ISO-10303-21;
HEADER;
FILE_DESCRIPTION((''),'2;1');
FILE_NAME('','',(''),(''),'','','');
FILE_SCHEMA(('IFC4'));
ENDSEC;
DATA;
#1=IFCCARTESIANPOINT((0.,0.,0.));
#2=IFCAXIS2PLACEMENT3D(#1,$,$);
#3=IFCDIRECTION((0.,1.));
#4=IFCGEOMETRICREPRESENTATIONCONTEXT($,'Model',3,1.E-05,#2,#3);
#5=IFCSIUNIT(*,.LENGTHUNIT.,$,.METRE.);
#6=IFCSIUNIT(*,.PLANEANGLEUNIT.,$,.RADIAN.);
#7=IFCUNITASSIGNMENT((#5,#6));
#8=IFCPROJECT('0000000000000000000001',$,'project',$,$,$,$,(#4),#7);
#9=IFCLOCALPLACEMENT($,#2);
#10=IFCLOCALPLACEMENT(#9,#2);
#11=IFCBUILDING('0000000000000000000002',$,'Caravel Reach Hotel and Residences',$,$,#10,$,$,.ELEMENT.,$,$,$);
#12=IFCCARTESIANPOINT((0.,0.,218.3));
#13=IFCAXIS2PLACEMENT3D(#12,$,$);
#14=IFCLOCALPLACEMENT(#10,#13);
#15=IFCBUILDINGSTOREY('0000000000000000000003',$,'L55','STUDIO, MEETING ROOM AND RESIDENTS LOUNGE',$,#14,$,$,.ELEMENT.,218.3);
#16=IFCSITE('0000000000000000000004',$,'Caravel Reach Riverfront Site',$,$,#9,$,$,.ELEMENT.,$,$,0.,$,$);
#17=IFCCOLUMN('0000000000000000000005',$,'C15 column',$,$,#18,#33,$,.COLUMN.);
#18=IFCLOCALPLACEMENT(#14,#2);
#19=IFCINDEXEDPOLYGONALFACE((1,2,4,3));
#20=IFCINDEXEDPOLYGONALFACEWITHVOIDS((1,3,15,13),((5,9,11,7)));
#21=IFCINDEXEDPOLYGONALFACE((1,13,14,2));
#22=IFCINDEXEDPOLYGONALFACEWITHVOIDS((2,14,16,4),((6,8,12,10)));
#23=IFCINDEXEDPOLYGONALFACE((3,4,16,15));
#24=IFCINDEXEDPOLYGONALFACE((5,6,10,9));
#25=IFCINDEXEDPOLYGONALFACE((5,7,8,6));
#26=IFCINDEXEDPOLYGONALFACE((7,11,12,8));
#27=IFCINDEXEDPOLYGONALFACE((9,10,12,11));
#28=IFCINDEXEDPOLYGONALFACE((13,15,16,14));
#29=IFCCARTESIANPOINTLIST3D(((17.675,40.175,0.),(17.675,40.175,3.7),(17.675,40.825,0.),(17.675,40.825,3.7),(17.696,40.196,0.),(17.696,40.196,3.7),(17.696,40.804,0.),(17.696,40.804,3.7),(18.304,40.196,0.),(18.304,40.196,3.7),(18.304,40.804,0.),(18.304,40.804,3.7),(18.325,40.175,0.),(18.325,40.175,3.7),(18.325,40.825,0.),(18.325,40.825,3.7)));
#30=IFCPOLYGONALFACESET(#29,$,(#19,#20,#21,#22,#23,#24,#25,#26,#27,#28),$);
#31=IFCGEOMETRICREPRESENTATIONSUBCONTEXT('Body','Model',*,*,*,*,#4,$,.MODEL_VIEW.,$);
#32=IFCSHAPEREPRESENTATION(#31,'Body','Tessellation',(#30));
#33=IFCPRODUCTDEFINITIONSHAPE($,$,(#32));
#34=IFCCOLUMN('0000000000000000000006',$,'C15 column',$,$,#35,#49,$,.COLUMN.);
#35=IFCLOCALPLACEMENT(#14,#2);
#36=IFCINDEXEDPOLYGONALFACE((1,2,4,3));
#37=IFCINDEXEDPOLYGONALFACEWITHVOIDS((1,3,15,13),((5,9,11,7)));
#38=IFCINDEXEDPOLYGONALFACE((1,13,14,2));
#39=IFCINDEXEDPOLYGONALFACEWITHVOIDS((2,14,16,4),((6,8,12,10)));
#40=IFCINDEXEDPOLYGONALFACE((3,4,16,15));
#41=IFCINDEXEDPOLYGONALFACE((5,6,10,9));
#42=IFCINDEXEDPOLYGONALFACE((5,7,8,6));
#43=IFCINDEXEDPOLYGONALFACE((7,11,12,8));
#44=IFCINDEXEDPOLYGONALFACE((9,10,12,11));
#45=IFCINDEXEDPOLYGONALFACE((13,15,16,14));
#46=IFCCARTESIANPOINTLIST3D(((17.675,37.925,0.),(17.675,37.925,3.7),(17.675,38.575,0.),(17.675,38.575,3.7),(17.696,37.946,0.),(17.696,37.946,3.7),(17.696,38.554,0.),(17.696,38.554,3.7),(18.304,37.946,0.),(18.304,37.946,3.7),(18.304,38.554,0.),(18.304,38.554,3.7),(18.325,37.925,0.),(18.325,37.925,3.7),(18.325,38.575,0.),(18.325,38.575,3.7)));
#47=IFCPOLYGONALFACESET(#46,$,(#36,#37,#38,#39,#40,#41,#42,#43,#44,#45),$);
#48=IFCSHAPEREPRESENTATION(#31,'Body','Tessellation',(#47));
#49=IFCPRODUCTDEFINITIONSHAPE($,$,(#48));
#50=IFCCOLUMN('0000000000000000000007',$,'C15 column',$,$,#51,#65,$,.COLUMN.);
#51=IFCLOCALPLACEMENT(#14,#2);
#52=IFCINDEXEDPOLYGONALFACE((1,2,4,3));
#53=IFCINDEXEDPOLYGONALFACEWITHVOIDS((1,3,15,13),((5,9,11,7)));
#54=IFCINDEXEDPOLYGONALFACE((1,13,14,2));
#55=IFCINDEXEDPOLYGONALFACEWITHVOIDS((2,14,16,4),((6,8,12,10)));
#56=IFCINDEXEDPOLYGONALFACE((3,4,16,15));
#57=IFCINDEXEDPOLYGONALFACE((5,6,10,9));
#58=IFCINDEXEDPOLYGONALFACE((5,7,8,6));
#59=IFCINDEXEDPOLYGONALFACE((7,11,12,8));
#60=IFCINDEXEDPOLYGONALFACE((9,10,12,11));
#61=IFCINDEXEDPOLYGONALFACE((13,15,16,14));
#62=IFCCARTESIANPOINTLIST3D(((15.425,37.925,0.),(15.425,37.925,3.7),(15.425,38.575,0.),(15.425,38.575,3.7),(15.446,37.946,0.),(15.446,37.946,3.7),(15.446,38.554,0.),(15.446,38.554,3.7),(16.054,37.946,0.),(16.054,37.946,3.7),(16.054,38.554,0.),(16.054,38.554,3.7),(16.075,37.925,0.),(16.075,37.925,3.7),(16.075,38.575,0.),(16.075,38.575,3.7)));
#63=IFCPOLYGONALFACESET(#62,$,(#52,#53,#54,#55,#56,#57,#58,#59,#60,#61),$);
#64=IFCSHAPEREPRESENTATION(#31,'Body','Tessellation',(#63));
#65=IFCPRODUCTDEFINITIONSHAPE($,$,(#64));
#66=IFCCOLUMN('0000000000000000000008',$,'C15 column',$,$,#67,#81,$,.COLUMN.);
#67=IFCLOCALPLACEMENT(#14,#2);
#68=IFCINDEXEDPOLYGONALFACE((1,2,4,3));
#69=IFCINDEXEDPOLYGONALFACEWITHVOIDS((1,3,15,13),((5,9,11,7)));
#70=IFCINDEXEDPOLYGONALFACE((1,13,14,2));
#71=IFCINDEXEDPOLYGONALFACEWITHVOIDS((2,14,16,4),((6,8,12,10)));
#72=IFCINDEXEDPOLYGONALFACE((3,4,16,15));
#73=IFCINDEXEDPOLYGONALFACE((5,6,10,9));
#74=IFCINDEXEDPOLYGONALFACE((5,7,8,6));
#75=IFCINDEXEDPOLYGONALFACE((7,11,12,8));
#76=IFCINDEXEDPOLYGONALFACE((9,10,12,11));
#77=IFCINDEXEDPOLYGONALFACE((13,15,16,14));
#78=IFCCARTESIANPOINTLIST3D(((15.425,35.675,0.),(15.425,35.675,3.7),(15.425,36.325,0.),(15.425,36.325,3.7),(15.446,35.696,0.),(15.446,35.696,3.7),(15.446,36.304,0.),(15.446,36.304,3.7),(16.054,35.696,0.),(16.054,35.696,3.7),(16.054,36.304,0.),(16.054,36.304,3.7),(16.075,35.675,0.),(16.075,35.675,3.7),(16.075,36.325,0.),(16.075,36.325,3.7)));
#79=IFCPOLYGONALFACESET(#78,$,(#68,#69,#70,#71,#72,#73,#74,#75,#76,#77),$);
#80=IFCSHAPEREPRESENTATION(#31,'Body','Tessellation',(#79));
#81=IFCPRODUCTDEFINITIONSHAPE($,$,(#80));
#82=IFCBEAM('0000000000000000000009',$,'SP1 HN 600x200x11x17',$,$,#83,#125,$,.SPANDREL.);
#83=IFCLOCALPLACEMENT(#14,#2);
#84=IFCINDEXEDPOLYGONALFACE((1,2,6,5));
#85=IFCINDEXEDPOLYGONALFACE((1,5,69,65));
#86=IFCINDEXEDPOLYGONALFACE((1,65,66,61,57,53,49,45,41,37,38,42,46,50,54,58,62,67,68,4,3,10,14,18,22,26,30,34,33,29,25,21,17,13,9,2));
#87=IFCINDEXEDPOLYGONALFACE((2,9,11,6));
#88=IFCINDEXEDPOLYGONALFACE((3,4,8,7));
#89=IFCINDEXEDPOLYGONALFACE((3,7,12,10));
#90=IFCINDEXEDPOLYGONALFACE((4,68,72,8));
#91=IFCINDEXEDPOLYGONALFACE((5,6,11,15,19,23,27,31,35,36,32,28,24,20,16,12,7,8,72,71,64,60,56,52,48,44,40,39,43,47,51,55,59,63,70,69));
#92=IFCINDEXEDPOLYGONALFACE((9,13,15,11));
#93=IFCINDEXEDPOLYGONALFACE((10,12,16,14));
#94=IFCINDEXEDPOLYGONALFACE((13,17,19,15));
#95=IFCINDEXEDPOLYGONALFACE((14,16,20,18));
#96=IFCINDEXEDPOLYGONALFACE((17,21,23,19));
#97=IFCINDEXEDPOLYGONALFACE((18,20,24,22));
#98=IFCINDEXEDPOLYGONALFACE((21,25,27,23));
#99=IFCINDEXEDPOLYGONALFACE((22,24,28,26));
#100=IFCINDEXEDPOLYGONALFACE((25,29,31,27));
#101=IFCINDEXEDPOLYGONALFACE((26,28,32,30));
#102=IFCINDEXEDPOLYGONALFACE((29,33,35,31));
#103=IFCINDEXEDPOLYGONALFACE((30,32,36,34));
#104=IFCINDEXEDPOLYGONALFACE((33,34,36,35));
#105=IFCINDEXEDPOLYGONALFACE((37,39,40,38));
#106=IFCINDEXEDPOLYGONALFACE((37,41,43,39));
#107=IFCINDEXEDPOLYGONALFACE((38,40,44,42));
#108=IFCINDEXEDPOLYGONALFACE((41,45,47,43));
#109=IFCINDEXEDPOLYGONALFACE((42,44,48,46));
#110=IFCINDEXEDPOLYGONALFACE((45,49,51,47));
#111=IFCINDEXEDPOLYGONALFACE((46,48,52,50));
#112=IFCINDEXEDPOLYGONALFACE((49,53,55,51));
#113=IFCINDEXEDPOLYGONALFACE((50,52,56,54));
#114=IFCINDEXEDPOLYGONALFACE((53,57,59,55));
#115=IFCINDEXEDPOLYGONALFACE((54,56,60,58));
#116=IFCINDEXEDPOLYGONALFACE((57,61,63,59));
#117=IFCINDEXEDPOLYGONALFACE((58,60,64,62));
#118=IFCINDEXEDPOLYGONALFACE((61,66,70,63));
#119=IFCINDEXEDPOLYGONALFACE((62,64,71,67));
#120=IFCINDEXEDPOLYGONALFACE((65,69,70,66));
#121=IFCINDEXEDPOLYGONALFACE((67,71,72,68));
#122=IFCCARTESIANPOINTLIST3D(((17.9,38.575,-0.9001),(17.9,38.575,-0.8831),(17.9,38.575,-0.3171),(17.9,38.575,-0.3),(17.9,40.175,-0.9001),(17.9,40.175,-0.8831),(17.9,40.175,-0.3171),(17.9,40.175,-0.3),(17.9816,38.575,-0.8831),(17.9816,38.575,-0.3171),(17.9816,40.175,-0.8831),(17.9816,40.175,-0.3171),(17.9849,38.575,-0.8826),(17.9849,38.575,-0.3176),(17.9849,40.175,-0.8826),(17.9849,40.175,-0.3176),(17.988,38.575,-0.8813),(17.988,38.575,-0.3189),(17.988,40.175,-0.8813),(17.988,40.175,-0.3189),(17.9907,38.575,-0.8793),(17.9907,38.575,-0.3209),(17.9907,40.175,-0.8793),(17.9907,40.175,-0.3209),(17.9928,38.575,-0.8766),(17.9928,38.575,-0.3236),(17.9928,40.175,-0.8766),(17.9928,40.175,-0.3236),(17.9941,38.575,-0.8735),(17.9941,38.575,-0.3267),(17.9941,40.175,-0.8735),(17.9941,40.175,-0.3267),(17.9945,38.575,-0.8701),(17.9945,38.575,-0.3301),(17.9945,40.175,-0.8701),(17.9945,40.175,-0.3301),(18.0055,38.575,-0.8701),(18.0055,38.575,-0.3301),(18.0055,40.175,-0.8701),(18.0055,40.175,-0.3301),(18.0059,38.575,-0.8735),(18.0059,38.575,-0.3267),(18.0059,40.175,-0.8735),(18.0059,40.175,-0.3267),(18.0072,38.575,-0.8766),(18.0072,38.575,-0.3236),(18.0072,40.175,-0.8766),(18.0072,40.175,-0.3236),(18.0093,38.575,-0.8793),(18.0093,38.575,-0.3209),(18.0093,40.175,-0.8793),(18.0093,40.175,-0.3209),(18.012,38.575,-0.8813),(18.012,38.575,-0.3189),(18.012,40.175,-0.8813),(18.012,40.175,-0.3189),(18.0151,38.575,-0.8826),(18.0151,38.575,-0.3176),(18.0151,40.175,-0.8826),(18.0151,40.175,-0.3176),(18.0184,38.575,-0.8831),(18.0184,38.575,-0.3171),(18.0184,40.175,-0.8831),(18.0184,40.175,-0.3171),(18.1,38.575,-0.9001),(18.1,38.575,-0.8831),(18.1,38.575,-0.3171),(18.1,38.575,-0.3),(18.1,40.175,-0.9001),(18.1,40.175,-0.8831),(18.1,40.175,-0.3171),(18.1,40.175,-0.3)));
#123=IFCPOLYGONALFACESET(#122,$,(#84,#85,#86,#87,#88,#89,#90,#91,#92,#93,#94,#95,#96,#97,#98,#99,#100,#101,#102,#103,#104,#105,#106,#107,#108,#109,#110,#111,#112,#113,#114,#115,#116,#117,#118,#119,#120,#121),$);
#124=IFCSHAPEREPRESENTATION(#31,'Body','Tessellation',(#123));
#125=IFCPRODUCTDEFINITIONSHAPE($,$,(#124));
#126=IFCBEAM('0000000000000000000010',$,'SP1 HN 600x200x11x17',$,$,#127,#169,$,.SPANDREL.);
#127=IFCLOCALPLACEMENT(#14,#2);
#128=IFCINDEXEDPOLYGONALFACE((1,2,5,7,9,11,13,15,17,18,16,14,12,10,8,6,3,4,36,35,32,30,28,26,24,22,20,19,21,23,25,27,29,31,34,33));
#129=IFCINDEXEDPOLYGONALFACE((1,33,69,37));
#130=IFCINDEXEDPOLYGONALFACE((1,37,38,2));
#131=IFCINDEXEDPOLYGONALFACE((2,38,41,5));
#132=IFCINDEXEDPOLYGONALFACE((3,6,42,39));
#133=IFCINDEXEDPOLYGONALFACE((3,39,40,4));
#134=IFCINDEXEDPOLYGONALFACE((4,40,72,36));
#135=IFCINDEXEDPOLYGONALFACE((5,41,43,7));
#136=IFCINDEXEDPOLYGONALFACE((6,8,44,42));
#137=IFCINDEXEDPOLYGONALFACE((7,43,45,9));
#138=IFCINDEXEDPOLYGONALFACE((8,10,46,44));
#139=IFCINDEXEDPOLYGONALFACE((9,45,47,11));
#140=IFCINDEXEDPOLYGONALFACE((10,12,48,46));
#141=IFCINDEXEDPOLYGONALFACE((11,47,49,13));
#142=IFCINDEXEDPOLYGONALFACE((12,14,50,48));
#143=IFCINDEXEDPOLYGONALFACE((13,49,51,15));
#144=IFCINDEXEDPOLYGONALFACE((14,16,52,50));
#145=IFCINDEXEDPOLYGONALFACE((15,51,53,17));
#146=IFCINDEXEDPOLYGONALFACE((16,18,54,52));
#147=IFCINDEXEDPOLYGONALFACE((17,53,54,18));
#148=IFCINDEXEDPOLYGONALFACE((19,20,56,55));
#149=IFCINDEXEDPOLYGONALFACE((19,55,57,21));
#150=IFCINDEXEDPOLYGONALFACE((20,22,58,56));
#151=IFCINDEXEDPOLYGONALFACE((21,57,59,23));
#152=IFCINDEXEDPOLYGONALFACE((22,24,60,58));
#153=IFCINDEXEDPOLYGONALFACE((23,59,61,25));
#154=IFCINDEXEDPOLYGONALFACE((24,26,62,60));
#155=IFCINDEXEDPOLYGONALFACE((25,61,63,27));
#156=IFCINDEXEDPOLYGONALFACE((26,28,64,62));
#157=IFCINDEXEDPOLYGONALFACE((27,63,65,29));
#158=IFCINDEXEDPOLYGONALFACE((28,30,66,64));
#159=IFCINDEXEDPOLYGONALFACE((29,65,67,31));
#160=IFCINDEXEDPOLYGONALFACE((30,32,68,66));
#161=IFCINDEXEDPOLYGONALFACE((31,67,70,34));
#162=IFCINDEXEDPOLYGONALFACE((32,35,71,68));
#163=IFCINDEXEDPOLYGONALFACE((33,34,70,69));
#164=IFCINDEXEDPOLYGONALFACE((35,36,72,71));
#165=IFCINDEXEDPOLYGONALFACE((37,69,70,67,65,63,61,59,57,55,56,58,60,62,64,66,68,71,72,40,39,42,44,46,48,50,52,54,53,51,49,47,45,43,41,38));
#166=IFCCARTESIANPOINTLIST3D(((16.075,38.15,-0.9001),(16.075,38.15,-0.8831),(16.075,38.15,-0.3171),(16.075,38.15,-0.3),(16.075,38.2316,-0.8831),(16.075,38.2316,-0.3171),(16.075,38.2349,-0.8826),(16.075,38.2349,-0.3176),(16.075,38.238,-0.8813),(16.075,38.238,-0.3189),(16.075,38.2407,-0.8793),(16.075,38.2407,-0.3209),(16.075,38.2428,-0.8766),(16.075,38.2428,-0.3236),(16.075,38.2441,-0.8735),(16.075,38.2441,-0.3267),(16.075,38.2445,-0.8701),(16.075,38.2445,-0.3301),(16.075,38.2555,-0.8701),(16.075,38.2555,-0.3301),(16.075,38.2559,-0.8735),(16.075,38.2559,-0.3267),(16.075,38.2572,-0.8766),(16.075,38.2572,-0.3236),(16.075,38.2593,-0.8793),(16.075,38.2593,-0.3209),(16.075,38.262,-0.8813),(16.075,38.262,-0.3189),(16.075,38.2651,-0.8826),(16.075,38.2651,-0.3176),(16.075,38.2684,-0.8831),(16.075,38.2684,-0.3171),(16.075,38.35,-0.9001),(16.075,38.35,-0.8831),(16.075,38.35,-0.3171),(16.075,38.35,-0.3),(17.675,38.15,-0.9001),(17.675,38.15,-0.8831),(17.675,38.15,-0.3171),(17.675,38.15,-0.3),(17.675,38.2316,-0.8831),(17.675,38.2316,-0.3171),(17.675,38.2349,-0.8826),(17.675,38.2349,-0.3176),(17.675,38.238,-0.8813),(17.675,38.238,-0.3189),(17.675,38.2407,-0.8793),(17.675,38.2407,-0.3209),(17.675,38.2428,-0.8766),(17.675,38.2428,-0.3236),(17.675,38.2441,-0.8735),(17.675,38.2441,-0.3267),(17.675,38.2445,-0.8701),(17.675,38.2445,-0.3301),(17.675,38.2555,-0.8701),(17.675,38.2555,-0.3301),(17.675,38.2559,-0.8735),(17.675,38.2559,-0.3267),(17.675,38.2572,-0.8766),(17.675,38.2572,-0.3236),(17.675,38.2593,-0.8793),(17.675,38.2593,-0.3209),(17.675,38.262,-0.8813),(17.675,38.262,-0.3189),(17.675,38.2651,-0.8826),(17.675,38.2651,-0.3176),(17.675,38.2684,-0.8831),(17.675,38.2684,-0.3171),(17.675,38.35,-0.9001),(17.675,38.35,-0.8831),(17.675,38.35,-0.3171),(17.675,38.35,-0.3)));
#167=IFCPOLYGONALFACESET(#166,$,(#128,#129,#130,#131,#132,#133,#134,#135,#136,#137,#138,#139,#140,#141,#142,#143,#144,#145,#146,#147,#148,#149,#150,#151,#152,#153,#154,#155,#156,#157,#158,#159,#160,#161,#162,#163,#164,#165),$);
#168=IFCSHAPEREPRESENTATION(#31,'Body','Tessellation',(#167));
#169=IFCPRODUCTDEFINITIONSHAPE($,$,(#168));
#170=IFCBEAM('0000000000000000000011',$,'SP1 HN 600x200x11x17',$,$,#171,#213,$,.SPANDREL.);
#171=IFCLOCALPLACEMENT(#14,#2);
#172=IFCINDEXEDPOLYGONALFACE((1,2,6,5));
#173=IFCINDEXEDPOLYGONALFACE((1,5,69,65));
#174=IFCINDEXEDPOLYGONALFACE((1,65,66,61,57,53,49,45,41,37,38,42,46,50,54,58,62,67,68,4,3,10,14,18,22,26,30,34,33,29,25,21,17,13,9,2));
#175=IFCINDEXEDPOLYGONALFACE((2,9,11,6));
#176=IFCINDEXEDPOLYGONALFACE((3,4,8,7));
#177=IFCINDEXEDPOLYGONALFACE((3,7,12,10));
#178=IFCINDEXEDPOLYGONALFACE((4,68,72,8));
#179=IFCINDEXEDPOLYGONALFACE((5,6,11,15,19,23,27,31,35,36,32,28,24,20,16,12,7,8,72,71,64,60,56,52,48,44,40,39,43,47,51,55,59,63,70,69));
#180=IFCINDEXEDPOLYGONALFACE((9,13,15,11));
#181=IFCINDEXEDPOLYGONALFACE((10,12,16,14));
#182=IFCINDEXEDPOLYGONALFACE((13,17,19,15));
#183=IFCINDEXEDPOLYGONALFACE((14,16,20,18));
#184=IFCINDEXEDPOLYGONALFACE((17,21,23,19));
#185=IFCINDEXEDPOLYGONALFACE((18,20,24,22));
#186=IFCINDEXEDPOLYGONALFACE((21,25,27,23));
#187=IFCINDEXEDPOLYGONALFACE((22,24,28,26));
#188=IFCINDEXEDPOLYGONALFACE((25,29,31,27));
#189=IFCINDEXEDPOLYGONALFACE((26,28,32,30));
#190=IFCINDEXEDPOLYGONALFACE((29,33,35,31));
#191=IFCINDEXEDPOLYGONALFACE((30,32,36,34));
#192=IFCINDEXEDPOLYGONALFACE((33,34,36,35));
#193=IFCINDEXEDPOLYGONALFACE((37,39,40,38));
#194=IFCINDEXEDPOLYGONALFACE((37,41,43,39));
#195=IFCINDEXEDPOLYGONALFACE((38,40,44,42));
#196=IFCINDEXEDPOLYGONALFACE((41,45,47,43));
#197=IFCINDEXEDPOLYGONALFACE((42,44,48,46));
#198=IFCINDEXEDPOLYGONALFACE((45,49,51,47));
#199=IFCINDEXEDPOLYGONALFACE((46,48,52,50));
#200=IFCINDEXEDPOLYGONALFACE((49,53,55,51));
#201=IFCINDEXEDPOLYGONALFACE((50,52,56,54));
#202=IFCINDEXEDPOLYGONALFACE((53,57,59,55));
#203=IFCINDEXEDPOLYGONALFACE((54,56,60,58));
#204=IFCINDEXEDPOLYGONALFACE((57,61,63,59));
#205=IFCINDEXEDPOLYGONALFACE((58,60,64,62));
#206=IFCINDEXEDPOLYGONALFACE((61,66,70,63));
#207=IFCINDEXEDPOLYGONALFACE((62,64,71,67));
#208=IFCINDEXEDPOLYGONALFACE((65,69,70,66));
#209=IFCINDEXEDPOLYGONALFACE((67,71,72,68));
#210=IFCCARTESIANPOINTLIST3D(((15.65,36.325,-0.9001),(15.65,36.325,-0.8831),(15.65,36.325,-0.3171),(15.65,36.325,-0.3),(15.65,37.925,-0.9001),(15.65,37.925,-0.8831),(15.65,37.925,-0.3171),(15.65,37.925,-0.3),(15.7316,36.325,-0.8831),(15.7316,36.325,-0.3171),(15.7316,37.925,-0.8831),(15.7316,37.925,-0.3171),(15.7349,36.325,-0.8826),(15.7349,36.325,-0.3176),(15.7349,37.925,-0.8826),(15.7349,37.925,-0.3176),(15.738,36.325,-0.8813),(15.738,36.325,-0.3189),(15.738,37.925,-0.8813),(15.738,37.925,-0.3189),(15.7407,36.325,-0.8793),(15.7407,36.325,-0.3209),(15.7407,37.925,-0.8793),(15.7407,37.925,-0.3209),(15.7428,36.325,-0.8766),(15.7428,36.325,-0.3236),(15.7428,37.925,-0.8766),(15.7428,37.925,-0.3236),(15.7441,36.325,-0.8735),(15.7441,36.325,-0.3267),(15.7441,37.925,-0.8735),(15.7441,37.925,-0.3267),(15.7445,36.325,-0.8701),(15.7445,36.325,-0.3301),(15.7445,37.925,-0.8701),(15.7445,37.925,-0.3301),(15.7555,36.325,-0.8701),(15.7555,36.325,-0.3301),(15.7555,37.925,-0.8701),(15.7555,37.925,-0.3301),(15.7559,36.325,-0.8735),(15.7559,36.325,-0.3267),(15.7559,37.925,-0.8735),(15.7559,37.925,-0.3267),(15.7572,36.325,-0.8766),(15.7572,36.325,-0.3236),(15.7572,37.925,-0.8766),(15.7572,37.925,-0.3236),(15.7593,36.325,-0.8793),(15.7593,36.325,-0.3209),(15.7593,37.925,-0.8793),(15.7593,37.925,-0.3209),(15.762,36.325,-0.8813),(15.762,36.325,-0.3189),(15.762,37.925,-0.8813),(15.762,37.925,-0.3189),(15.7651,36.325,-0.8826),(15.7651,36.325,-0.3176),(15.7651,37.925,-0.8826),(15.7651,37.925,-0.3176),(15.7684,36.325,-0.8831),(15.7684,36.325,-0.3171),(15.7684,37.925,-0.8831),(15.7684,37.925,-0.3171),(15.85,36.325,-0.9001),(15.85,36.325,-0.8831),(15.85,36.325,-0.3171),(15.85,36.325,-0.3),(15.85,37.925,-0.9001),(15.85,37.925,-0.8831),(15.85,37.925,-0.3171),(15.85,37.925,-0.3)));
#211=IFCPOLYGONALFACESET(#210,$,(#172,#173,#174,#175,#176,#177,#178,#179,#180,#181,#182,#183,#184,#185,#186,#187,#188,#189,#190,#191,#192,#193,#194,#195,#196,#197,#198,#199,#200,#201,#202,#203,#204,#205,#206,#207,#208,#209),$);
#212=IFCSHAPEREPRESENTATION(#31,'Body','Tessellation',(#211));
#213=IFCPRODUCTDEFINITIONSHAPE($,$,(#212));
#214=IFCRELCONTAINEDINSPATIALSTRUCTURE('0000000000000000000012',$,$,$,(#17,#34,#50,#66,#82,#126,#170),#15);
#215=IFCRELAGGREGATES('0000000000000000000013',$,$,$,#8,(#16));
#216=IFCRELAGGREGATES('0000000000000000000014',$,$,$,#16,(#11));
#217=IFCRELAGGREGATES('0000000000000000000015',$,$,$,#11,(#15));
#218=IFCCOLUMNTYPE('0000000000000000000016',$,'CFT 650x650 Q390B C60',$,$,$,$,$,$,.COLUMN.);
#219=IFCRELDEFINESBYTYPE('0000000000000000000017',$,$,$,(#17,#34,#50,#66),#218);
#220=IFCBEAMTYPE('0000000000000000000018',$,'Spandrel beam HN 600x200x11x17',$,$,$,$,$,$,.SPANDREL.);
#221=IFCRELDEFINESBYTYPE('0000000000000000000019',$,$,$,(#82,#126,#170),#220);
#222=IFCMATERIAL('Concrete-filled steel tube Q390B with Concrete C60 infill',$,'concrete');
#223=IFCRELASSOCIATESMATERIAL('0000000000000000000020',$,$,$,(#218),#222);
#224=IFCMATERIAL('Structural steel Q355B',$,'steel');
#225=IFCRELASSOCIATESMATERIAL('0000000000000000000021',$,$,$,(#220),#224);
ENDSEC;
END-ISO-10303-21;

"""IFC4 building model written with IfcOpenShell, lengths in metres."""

from ifc_helpers import new_model, si_unit, direction, frame, origin, origin_2d, place, context, subcontext, project, spatial, hollow_rectangle, i_section, extrude, material, material_profile, profile_set, type_object, element, save


model = new_model("IFC4")

# Units and contexts
model_context = context("Model", 3, precision=1e-05, world=origin(), true_north=direction((0.0, 1.0)))
body_context = subcontext(model_context, "Body", "Model", "MODEL_VIEW")
ifc_project = project(units=[si_unit("LENGTHUNIT", "METRE"), si_unit("PLANEANGLEUNIT", "RADIAN")], contexts=[model_context])

# Site, building, storey
site_placement = place(None, origin())
site = spatial("IfcSite", under=ifc_project, at=site_placement, Name="Caravel Reach Riverfront Site", CompositionType="ELEMENT", RefElevation=0.0)
building_placement = place(site_placement, origin())
building = spatial("IfcBuilding", under=site, at=building_placement, Name="Caravel Reach Hotel and Residences", CompositionType="ELEMENT")
storey_placement = place(building_placement, frame((0.0, 0.0, 218.3)))
storey = spatial("IfcBuildingStorey", under=building, at=storey_placement, Name="L55", Description="STUDIO, MEETING ROOM AND RESIDENTS LOUNGE", CompositionType="ELEMENT", Elevation=218.3)

# Columns
ifc_material_1 = material(Name="Concrete-filled steel tube Q390B with Concrete C60 infill", Category="concrete")
ifc_material_profile_1 = material_profile(ifc_material_1, hollow_rectangle(XDim=0.6499, YDim=0.6499, WallThickness=0.021, at=origin_2d()), Name="RHS 650x650x21")
ifc_profile_set_1 = profile_set([ifc_material_profile_1], Name="Concrete-filled steel tube Q390B with Concrete C60 infill")
column_type = type_object("IfcColumnType", Name="CFT 650x650 Q390B C60", PredefinedType="COLUMN", material=ifc_profile_set_1)
for number, where, z_axis, x_axis, name in (
    (1, (18.0, 40.5, 0.0), (0.0, 0.0, 1.0), (1.0, 0.0, 0.0), "C15 column"),
    (2, (18.0, 38.25, 0.0), (0.0, 0.0, 1.0), (1.0, 0.0, 0.0), "C15 column"),
    (3, (15.75, 38.25, 0.0), (0.0, 0.0, 1.0), (1.0, 0.0, 0.0), "C15 column"),
    (4, (15.75, 36.0, 0.0), (0.0, 0.0, 1.0), (1.0, 0.0, 0.0), "C15 column"),
):
    element("IfcColumn", number, at=place(storey_placement, frame(where, z_axis=z_axis, x_axis=x_axis)), inside=storey, type_object=column_type, Name=name, PredefinedType="COLUMN", context=body_context, shape_type="SweptSolid", body=[
        extrude(hollow_rectangle(XDim=0.6499, YDim=0.6499, WallThickness=0.021, at=origin_2d()), origin(), (0.0, 0.0, 1.0), 3.7),
    ])

# Beams
ifc_material_2 = material(Name="Structural steel Q355B", Category="steel")
ifc_material_profile_2 = material_profile(ifc_material_2, i_section(OverallWidth=0.2, OverallDepth=0.6001, WebThickness=0.011, FlangeThickness=0.0171, FilletRadius=0.0129, at=origin_2d()), Name="HN 600x200x11x17")
ifc_profile_set_2 = profile_set([ifc_material_profile_2], Name="Structural steel Q355B")
beam_type = type_object("IfcBeamType", Name="Spandrel beam HN 600x200x11x17", PredefinedType="SPANDREL", material=ifc_profile_set_2)
for number, where, z_axis, x_axis, name in (
    (5, (18.0, 40.175, -0.6001), (0.0, -1.0, 0.0), (1.0, 0.0, 0.0), "SP1 HN 600x200x11x17"),
    (6, (17.675, 38.25, -0.6001), (-1.0, 0.0, 0.0), (0.0, -1.0, 0.0), "SP1 HN 600x200x11x17"),
    (7, (15.75, 37.925, -0.6001), (0.0, -1.0, 0.0), (1.0, 0.0, 0.0), "SP1 HN 600x200x11x17"),
):
    element("IfcBeam", number, at=place(storey_placement, frame(where, z_axis=z_axis, x_axis=x_axis)), inside=storey, type_object=beam_type, Name=name, PredefinedType="SPANDREL", context=body_context, shape_type="SweptSolid", body=[
        extrude(i_section(OverallWidth=0.2, OverallDepth=0.6001, WebThickness=0.011, FlangeThickness=0.0171, FilletRadius=0.0129, at=origin_2d()), origin(), (0.0, 0.0, 1.0), 1.6001),
    ])

save(model, "model.ifc")
